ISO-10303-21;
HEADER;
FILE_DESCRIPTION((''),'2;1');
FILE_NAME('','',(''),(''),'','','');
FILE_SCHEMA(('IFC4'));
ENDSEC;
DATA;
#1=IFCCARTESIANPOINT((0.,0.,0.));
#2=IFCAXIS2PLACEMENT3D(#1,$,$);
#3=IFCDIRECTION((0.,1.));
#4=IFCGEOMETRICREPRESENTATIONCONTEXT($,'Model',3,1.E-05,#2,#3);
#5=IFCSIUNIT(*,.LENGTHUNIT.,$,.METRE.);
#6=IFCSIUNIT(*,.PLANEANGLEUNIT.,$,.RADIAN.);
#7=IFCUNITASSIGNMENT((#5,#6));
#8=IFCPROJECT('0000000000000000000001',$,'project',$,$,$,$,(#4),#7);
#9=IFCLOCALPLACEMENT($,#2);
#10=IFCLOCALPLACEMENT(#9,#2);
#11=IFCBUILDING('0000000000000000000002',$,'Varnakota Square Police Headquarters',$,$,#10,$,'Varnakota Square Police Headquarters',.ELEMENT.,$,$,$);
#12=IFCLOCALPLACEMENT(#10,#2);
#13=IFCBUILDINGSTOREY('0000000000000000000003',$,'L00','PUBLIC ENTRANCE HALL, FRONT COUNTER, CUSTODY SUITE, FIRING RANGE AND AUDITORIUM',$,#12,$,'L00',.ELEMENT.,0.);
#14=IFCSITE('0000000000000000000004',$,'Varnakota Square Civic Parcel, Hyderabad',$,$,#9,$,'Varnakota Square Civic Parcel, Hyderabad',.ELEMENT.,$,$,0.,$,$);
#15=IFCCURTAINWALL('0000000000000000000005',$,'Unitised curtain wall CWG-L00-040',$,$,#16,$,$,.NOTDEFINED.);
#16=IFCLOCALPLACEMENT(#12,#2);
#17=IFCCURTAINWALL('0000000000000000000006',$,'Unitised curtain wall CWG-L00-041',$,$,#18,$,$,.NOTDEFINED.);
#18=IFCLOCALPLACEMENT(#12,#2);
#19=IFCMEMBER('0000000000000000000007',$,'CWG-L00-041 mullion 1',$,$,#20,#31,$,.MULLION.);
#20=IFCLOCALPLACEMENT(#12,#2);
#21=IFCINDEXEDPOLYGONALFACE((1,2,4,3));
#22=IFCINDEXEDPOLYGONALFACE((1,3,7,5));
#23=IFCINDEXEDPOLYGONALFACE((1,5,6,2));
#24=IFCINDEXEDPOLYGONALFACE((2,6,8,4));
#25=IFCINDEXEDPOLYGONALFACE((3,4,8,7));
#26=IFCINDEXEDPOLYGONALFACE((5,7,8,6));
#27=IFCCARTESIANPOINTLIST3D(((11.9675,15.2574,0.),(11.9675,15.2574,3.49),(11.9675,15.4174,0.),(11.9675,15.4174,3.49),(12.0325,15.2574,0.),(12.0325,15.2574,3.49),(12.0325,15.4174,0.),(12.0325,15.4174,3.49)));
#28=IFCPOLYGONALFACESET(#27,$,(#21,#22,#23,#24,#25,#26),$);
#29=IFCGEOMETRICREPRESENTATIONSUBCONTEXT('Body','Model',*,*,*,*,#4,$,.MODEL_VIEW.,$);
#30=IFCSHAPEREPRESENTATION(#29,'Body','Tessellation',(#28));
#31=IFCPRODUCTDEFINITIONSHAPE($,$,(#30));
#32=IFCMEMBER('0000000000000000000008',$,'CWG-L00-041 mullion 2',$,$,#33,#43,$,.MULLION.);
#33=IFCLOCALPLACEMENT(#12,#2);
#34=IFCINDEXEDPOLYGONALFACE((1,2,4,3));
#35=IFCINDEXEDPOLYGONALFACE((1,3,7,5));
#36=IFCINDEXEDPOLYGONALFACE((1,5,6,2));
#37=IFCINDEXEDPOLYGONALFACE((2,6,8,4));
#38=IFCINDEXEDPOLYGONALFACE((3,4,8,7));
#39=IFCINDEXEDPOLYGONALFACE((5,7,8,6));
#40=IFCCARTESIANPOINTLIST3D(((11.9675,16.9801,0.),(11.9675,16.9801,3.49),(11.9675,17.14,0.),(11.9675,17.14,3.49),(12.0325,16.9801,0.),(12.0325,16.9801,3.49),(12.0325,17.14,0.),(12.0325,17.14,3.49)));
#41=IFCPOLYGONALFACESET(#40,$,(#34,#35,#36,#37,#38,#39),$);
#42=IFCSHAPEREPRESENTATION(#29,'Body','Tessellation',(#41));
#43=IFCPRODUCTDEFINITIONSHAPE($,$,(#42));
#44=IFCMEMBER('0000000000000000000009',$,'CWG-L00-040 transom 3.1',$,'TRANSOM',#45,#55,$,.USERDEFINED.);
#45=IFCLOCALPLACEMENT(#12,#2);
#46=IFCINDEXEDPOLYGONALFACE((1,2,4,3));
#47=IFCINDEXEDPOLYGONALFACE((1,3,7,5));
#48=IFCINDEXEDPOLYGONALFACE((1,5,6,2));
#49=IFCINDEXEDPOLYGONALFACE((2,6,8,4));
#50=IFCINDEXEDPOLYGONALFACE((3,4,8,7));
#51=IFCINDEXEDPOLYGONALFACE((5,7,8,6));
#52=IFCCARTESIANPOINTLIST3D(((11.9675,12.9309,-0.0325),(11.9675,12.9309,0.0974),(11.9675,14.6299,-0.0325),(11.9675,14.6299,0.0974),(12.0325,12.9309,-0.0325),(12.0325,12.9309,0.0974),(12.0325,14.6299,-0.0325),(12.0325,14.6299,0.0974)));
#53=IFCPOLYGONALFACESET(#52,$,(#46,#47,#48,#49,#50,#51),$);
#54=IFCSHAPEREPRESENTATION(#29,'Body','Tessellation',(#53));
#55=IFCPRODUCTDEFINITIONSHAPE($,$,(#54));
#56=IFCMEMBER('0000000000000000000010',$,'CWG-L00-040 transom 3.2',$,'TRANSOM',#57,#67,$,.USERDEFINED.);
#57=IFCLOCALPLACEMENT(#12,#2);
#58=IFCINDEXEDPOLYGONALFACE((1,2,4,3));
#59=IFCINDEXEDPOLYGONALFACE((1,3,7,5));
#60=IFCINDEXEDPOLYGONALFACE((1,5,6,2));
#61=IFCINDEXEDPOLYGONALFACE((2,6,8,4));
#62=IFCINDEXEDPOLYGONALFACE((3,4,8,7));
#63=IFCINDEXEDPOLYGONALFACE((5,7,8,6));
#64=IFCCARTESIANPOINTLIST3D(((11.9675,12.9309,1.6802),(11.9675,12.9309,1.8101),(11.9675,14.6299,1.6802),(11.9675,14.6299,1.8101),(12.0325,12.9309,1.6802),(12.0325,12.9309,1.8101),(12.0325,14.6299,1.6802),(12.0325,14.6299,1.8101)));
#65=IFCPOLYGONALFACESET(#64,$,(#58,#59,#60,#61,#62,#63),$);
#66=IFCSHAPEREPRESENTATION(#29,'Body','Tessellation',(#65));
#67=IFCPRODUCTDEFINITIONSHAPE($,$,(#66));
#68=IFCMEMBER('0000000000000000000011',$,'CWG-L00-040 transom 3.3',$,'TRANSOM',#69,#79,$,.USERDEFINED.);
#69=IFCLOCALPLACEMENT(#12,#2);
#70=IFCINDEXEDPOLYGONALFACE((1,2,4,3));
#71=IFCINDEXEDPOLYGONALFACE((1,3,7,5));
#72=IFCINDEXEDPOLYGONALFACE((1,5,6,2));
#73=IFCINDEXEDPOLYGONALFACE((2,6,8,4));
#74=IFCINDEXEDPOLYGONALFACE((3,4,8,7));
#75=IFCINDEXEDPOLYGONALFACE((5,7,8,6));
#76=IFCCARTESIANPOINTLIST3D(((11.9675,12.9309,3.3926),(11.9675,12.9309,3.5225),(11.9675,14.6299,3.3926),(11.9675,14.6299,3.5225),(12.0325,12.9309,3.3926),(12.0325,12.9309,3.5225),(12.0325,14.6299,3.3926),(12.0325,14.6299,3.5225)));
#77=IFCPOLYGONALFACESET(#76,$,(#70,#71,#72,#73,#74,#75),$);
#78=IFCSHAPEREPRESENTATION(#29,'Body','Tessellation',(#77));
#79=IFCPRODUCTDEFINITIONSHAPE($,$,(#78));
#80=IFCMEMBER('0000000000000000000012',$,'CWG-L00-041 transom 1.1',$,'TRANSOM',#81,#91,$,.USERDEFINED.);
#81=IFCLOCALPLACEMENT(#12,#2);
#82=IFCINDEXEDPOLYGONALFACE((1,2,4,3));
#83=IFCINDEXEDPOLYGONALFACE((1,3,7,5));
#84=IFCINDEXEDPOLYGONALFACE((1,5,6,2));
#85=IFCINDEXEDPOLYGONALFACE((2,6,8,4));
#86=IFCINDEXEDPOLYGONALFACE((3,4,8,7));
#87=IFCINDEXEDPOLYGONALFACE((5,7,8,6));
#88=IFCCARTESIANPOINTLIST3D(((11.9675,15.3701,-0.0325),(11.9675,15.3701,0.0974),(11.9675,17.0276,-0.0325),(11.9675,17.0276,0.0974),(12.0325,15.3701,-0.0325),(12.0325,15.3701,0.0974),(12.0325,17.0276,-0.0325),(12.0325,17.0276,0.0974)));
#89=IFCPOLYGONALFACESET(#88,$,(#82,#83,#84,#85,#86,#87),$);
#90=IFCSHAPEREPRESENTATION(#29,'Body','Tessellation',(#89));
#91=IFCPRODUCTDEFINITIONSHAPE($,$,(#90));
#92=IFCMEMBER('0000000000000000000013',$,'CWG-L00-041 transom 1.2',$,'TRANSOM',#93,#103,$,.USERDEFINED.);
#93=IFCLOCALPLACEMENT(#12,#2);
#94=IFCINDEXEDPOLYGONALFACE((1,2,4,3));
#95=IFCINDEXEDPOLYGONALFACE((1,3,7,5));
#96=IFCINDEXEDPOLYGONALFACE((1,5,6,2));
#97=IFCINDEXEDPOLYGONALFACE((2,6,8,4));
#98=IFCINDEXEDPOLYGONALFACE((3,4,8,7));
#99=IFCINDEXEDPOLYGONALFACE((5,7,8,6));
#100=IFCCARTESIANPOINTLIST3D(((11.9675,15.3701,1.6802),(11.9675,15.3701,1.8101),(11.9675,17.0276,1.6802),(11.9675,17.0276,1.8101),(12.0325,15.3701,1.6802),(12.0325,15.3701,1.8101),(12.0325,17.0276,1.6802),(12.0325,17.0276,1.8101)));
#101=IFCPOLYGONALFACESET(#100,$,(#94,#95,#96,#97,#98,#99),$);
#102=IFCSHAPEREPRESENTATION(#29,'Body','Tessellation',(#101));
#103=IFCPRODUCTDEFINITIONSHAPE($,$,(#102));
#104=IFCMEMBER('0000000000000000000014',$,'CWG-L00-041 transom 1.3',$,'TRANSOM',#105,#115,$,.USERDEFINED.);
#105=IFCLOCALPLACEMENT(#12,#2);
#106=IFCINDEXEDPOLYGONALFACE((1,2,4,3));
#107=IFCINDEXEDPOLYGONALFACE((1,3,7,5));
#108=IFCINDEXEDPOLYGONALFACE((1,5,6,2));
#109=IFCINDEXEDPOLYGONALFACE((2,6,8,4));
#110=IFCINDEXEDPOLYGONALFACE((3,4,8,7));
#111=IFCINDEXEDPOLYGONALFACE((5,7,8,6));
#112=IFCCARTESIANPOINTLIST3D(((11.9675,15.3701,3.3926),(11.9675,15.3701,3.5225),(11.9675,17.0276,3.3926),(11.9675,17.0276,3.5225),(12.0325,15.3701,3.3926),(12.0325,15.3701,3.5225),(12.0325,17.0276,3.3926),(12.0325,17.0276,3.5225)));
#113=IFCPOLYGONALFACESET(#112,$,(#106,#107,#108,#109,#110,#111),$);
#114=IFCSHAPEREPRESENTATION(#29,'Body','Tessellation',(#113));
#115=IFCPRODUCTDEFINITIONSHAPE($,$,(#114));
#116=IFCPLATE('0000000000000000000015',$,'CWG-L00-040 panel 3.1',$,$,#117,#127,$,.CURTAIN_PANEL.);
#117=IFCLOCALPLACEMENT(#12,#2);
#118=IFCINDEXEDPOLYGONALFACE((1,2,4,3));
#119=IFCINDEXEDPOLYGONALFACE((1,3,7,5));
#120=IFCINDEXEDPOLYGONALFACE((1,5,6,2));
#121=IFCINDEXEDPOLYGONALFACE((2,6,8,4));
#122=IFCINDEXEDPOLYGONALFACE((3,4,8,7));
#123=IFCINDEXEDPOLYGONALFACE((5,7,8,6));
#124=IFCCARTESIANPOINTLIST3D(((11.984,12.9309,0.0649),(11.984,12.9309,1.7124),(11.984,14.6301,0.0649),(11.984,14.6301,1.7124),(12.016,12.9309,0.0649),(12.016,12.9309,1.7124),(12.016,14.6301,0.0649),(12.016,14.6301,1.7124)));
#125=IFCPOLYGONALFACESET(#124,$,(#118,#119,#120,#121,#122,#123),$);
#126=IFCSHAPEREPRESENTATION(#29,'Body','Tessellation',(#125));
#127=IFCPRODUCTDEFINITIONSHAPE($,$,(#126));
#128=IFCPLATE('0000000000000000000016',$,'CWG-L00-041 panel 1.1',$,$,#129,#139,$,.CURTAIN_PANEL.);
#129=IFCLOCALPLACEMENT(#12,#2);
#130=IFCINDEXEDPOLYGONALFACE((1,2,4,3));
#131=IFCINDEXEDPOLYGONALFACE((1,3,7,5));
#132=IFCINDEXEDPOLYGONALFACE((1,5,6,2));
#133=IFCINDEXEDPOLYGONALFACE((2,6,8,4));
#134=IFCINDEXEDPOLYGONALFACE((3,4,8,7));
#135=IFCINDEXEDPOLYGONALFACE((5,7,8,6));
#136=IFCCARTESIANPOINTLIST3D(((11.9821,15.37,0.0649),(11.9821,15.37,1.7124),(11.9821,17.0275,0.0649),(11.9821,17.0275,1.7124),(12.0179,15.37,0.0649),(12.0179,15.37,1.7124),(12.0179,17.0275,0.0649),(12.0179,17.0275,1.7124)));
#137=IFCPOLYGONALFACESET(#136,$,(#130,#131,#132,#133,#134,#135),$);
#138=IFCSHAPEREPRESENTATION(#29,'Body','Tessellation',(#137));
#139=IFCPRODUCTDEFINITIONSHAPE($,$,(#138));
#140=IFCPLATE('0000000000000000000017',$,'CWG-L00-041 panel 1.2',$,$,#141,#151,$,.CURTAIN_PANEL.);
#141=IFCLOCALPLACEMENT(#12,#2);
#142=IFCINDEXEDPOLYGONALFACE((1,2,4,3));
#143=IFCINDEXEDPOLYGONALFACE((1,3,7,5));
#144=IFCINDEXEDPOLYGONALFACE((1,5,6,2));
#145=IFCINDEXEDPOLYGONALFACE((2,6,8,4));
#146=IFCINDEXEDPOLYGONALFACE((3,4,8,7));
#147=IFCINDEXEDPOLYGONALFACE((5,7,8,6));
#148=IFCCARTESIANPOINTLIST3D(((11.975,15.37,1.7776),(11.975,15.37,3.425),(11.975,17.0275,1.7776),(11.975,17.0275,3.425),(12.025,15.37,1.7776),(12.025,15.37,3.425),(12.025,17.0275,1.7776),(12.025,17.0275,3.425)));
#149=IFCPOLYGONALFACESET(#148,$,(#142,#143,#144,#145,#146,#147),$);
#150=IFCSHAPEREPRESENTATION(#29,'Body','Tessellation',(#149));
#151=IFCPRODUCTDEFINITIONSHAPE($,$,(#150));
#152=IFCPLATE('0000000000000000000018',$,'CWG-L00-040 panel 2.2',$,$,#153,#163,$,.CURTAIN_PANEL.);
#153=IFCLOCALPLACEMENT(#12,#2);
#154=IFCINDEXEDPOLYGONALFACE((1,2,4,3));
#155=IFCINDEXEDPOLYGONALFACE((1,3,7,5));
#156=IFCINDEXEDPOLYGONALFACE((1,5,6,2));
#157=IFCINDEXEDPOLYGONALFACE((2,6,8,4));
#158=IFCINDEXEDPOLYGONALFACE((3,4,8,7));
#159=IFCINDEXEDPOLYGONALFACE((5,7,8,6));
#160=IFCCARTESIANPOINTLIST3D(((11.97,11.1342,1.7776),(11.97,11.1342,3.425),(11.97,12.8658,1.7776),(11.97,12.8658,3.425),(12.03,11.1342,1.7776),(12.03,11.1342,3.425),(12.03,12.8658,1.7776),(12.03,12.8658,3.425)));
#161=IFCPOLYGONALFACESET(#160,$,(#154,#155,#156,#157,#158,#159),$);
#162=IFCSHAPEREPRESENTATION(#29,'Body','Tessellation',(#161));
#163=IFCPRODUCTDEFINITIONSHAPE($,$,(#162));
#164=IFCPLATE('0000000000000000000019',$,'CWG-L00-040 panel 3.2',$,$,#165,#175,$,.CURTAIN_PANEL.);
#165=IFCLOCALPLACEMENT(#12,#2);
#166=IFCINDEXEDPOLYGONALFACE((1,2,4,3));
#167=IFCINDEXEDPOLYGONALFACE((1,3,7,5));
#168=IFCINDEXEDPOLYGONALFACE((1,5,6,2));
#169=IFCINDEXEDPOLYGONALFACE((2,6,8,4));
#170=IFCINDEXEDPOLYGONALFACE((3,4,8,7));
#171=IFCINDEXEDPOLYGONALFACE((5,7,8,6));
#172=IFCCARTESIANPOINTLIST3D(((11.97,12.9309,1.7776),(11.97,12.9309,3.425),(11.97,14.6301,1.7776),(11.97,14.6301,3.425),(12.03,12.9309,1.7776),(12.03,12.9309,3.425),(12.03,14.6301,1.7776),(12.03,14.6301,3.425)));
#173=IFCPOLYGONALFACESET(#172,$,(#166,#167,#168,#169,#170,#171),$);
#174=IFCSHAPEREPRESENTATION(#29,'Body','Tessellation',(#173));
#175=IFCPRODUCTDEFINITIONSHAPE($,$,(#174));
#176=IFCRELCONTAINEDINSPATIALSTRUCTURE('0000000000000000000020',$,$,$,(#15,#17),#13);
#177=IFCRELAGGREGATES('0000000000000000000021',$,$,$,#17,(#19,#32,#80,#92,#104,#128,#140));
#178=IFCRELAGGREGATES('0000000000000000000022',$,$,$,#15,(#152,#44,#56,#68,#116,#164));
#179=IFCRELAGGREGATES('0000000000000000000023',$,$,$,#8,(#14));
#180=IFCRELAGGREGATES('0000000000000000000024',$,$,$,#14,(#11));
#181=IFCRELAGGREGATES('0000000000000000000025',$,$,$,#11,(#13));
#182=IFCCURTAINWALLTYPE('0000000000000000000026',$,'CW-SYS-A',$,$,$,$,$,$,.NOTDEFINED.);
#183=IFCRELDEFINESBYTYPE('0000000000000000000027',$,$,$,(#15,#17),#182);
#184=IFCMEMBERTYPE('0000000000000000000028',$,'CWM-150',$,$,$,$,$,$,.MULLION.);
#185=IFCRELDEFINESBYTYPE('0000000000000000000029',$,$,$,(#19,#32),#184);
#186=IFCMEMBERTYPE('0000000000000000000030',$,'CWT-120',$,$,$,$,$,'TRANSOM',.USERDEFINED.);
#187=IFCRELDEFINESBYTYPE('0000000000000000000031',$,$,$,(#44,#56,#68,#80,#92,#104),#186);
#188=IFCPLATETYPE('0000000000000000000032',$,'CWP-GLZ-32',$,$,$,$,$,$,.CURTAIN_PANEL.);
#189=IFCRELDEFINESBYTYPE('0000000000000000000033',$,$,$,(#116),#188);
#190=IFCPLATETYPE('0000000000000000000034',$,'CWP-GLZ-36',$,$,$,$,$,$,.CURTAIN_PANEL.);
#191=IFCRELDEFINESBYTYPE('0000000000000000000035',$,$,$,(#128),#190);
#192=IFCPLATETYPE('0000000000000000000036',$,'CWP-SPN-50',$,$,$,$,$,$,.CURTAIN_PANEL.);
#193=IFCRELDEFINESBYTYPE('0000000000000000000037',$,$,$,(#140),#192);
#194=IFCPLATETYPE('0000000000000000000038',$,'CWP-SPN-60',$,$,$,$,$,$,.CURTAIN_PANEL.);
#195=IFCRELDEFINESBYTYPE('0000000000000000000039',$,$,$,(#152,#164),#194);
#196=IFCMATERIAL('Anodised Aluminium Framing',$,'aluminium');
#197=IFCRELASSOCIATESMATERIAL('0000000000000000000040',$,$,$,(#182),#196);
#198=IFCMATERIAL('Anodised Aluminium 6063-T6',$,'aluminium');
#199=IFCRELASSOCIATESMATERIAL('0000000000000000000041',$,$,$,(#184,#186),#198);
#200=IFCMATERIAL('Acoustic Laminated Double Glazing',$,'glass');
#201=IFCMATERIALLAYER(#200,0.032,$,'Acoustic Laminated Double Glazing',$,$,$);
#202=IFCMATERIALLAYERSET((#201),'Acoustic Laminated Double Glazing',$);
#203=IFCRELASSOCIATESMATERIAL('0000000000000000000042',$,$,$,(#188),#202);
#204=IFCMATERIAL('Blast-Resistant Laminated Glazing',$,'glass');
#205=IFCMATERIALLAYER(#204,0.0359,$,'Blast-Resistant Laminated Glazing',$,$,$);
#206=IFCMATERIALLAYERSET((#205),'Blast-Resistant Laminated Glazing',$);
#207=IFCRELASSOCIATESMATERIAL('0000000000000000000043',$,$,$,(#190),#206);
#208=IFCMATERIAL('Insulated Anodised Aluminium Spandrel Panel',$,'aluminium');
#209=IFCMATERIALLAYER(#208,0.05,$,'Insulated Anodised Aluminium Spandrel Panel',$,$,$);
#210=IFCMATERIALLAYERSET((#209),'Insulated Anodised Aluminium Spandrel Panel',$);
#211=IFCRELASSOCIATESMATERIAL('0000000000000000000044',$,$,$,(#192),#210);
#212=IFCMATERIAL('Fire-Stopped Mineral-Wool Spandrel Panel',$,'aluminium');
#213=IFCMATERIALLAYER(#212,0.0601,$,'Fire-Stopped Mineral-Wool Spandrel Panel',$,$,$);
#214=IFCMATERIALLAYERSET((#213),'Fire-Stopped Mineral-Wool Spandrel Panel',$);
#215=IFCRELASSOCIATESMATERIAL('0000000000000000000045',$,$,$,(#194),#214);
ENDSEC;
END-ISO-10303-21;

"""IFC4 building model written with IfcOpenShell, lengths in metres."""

from ifc_helpers import new_model, si_unit, direction, frame, origin, origin_2d, place, context, subcontext, project, spatial, rectangle, extrude, material, layer, layer_set, material_profile, profile_set, type_object, element, aggregate, save


model = new_model("IFC4")

# Units and contexts
model_context = context("Model", 3, precision=1e-05, world=origin(), true_north=direction((0.0, 1.0)))
body_context = subcontext(model_context, "Body", "Model", "MODEL_VIEW")
ifc_project = project(units=[si_unit("LENGTHUNIT", "METRE"), si_unit("PLANEANGLEUNIT", "RADIAN")], contexts=[model_context])

# Site, building, storey
site_placement = place(None, origin())
site = spatial("IfcSite", under=ifc_project, at=site_placement, Name="Varnakota Square Civic Parcel, Hyderabad", LongName="Varnakota Square Civic Parcel, Hyderabad", CompositionType="ELEMENT", RefElevation=0.0)
building_placement = place(site_placement, origin())
building = spatial("IfcBuilding", under=site, at=building_placement, Name="Varnakota Square Police Headquarters", LongName="Varnakota Square Police Headquarters", CompositionType="ELEMENT")
storey_placement = place(building_placement, origin())
storey = spatial("IfcBuildingStorey", under=building, at=storey_placement, Name="L00", Description="PUBLIC ENTRANCE HALL, FRONT COUNTER, CUSTODY SUITE, FIRING RANGE AND AUDITORIUM", LongName="L00", CompositionType="ELEMENT", Elevation=0.0)

# Curtain walls, members
ifc_material_1 = material(Name="Anodised Aluminium Framing", Category="aluminium")
curtain_wall_type = type_object("IfcCurtainWallType", Name="CW-SYS-A", PredefinedType="NOTDEFINED", material=ifc_material_1)
curtain_wall_1_placement = place(storey_placement, origin())
curtain_wall_1 = element("IfcCurtainWall", 1, at=curtain_wall_1_placement, inside=storey, type_object=curtain_wall_type, Name="Unitised curtain wall CWG-L00-040", PredefinedType="NOTDEFINED")
ifc_material_2 = material(Name="Anodised Aluminium 6063-T6", Category="aluminium")
ifc_material_profile_1 = material_profile(ifc_material_2, rectangle(XDim=0.0649, YDim=0.1599, at=origin_2d()), Name="ALU MULLION 65x160")
ifc_profile_set_1 = profile_set([ifc_material_profile_1], Name="Anodised Aluminium 6063-T6")
member_type_1 = type_object("IfcMemberType", Name="CWM-150", PredefinedType="MULLION", material=ifc_profile_set_1)
curtain_wall_2_placement = place(storey_placement, origin())
curtain_wall_2 = element("IfcCurtainWall", 2, at=curtain_wall_2_placement, inside=storey, type_object=curtain_wall_type, Name="Unitised curtain wall CWG-L00-041", PredefinedType="NOTDEFINED")
member_1_placement = place(storey_placement, frame((12.0, 15.3374, 0.0), z_axis=(0.0, 0.0, 1.0), x_axis=(-1.0, 0.0, 0.0)))
member_1 = element("IfcMember", 3, at=member_1_placement, type_object=member_type_1, Name="CWG-L00-041 mullion 1", PredefinedType="MULLION", context=body_context, shape_type="SweptSolid", body=[
    extrude(rectangle(XDim=0.0649, YDim=0.1599, at=origin_2d()), origin(), (0.0, 0.0, 1.0), 3.49),
])
member_2_placement = place(storey_placement, frame((12.0, 17.0601, 0.0), z_axis=(0.0, 0.0, 1.0), x_axis=(-1.0, 0.0, 0.0)))
member_2 = element("IfcMember", 4, at=member_2_placement, type_object=member_type_1, Name="CWG-L00-041 mullion 2", PredefinedType="MULLION", context=body_context, shape_type="SweptSolid", body=[
    extrude(rectangle(XDim=0.0649, YDim=0.1599, at=origin_2d()), origin(), (0.0, 0.0, 1.0), 3.49),
])

# Members
ifc_material_profile_2 = material_profile(ifc_material_2, rectangle(XDim=0.0649, YDim=0.1299, at=origin_2d()), Name="ALU TRANSOM 65x130")
ifc_profile_set_2 = profile_set([ifc_material_profile_2], Name="Anodised Aluminium 6063-T6")
member_type_2 = type_object("IfcMemberType", Name="CWT-120", ElementType="TRANSOM", PredefinedType="USERDEFINED", material=ifc_profile_set_2)
member_3_placement = place(storey_placement, frame((12.0, 12.9309, 0.0325), z_axis=(0.0, 1.0, 0.0), x_axis=(-1.0, 0.0, 0.0)))
member_3 = element("IfcMember", 5, at=member_3_placement, type_object=member_type_2, Name="CWG-L00-040 transom 3.1", ObjectType="TRANSOM", PredefinedType="USERDEFINED", context=body_context, shape_type="SweptSolid", body=[
    extrude(rectangle(XDim=0.0649, YDim=0.1299, at=origin_2d()), origin(), (0.0, 0.0, 1.0), 1.699),
])
member_4_placement = place(storey_placement, frame((12.0, 12.9309, 1.7451), z_axis=(0.0, 1.0, 0.0), x_axis=(-1.0, 0.0, 0.0)))
member_4 = element("IfcMember", 6, at=member_4_placement, type_object=member_type_2, Name="CWG-L00-040 transom 3.2", ObjectType="TRANSOM", PredefinedType="USERDEFINED", context=body_context, shape_type="SweptSolid", body=[
    extrude(rectangle(XDim=0.0649, YDim=0.1299, at=origin_2d()), origin(), (0.0, 0.0, 1.0), 1.699),
])
member_5_placement = place(storey_placement, frame((12.0, 12.9309, 3.4575), z_axis=(0.0, 1.0, 0.0), x_axis=(-1.0, 0.0, 0.0)))
member_5 = element("IfcMember", 7, at=member_5_placement, type_object=member_type_2, Name="CWG-L00-040 transom 3.3", ObjectType="TRANSOM", PredefinedType="USERDEFINED", context=body_context, shape_type="SweptSolid", body=[
    extrude(rectangle(XDim=0.0649, YDim=0.1299, at=origin_2d()), origin(), (0.0, 0.0, 1.0), 1.699),
])
member_6_placement = place(storey_placement, frame((12.0, 15.3701, 0.0325), z_axis=(0.0, 1.0, 0.0), x_axis=(-1.0, 0.0, 0.0)))
member_6 = element("IfcMember", 8, at=member_6_placement, type_object=member_type_2, Name="CWG-L00-041 transom 1.1", ObjectType="TRANSOM", PredefinedType="USERDEFINED", context=body_context, shape_type="SweptSolid", body=[
    extrude(rectangle(XDim=0.0649, YDim=0.1299, at=origin_2d()), origin(), (0.0, 0.0, 1.0), 1.6575),
])
member_7_placement = place(storey_placement, frame((12.0, 15.3701, 1.7451), z_axis=(0.0, 1.0, 0.0), x_axis=(-1.0, 0.0, 0.0)))
member_7 = element("IfcMember", 9, at=member_7_placement, type_object=member_type_2, Name="CWG-L00-041 transom 1.2", ObjectType="TRANSOM", PredefinedType="USERDEFINED", context=body_context, shape_type="SweptSolid", body=[
    extrude(rectangle(XDim=0.0649, YDim=0.1299, at=origin_2d()), origin(), (0.0, 0.0, 1.0), 1.6575),
])
member_8_placement = place(storey_placement, frame((12.0, 15.3701, 3.4575), z_axis=(0.0, 1.0, 0.0), x_axis=(-1.0, 0.0, 0.0)))
member_8 = element("IfcMember", 10, at=member_8_placement, type_object=member_type_2, Name="CWG-L00-041 transom 1.3", ObjectType="TRANSOM", PredefinedType="USERDEFINED", context=body_context, shape_type="SweptSolid", body=[
    extrude(rectangle(XDim=0.0649, YDim=0.1299, at=origin_2d()), origin(), (0.0, 0.0, 1.0), 1.6575),
])

# Plates
ifc_material_3 = material(Name="Acoustic Laminated Double Glazing", Category="glass")
ifc_layer_1 = layer(ifc_material_3, 0.032, Name="Acoustic Laminated Double Glazing")
ifc_layer_set_1 = layer_set([ifc_layer_1], Name="Acoustic Laminated Double Glazing")
plate_type_1 = type_object("IfcPlateType", Name="CWP-GLZ-32", PredefinedType="CURTAIN_PANEL", material=ifc_layer_set_1)
plate_1_placement = place(storey_placement, frame((12.0, 13.7805, 0.0649), z_axis=(0.0, 0.0, 1.0), x_axis=(0.0, 1.0, 0.0)))
plate_1 = element("IfcPlate", 11, at=plate_1_placement, type_object=plate_type_1, Name="CWG-L00-040 panel 3.1", PredefinedType="CURTAIN_PANEL", context=body_context, shape_type="SweptSolid", body=[
    extrude(rectangle(XDim=1.6992, YDim=0.032, at=origin_2d()), origin(), (0.0, 0.0, 1.0), 1.6475),
])
ifc_material_4 = material(Name="Blast-Resistant Laminated Glazing", Category="glass")
ifc_layer_2 = layer(ifc_material_4, 0.0359, Name="Blast-Resistant Laminated Glazing")
ifc_layer_set_2 = layer_set([ifc_layer_2], Name="Blast-Resistant Laminated Glazing")
plate_type_2 = type_object("IfcPlateType", Name="CWP-GLZ-36", PredefinedType="CURTAIN_PANEL", material=ifc_layer_set_2)
plate_2_placement = place(storey_placement, frame((12.0, 16.1987, 0.0649), z_axis=(0.0, 0.0, 1.0), x_axis=(0.0, 1.0, 0.0)))
plate_2 = element("IfcPlate", 12, at=plate_2_placement, type_object=plate_type_2, Name="CWG-L00-041 panel 1.1", PredefinedType="CURTAIN_PANEL", context=body_context, shape_type="SweptSolid", body=[
    extrude(rectangle(XDim=1.6575, YDim=0.0359, at=origin_2d()), origin(), (0.0, 0.0, 1.0), 1.6475),
])
ifc_material_5 = material(Name="Insulated Anodised Aluminium Spandrel Panel", Category="aluminium")
ifc_layer_3 = layer(ifc_material_5, 0.05, Name="Insulated Anodised Aluminium Spandrel Panel")
ifc_layer_set_3 = layer_set([ifc_layer_3], Name="Insulated Anodised Aluminium Spandrel Panel")
plate_type_3 = type_object("IfcPlateType", Name="CWP-SPN-50", PredefinedType="CURTAIN_PANEL", material=ifc_layer_set_3)
plate_3_placement = place(storey_placement, frame((12.0, 16.1987, 1.7776), z_axis=(0.0, 0.0, 1.0), x_axis=(0.0, 1.0, 0.0)))
plate_3 = element("IfcPlate", 13, at=plate_3_placement, type_object=plate_type_3, Name="CWG-L00-041 panel 1.2", PredefinedType="CURTAIN_PANEL", context=body_context, shape_type="SweptSolid", body=[
    extrude(rectangle(XDim=1.6575, YDim=0.05, at=origin_2d()), origin(), (0.0, 0.0, 1.0), 1.6475),
])
aggregate(curtain_wall_2, [member_1, member_2, member_6, member_7, member_8, plate_2, plate_3])
ifc_material_6 = material(Name="Fire-Stopped Mineral-Wool Spandrel Panel", Category="aluminium")
ifc_layer_4 = layer(ifc_material_6, 0.0601, Name="Fire-Stopped Mineral-Wool Spandrel Panel")
ifc_layer_set_4 = layer_set([ifc_layer_4], Name="Fire-Stopped Mineral-Wool Spandrel Panel")
plate_type_4 = type_object("IfcPlateType", Name="CWP-SPN-60", PredefinedType="CURTAIN_PANEL", material=ifc_layer_set_4)
plate_4_placement = place(storey_placement, frame((12.0, 12.0, 1.7776), z_axis=(0.0, 0.0, 1.0), x_axis=(0.0, 1.0, 0.0)))
plate_4 = element("IfcPlate", 14, at=plate_4_placement, type_object=plate_type_4, Name="CWG-L00-040 panel 2.2", PredefinedType="CURTAIN_PANEL", context=body_context, shape_type="SweptSolid", body=[
    extrude(rectangle(XDim=1.7317, YDim=0.0601, at=origin_2d()), origin(), (0.0, 0.0, 1.0), 1.6475),
])
plate_5_placement = place(storey_placement, frame((12.0, 13.7805, 1.7776), z_axis=(0.0, 0.0, 1.0), x_axis=(0.0, 1.0, 0.0)))
plate_5 = element("IfcPlate", 15, at=plate_5_placement, type_object=plate_type_4, Name="CWG-L00-040 panel 3.2", PredefinedType="CURTAIN_PANEL", context=body_context, shape_type="SweptSolid", body=[
    extrude(rectangle(XDim=1.6992, YDim=0.0601, at=origin_2d()), origin(), (0.0, 0.0, 1.0), 1.6475),
])
aggregate(curtain_wall_1, [plate_4, member_3, member_4, member_5, plate_1, plate_5])

save(model, "model.ifc")
